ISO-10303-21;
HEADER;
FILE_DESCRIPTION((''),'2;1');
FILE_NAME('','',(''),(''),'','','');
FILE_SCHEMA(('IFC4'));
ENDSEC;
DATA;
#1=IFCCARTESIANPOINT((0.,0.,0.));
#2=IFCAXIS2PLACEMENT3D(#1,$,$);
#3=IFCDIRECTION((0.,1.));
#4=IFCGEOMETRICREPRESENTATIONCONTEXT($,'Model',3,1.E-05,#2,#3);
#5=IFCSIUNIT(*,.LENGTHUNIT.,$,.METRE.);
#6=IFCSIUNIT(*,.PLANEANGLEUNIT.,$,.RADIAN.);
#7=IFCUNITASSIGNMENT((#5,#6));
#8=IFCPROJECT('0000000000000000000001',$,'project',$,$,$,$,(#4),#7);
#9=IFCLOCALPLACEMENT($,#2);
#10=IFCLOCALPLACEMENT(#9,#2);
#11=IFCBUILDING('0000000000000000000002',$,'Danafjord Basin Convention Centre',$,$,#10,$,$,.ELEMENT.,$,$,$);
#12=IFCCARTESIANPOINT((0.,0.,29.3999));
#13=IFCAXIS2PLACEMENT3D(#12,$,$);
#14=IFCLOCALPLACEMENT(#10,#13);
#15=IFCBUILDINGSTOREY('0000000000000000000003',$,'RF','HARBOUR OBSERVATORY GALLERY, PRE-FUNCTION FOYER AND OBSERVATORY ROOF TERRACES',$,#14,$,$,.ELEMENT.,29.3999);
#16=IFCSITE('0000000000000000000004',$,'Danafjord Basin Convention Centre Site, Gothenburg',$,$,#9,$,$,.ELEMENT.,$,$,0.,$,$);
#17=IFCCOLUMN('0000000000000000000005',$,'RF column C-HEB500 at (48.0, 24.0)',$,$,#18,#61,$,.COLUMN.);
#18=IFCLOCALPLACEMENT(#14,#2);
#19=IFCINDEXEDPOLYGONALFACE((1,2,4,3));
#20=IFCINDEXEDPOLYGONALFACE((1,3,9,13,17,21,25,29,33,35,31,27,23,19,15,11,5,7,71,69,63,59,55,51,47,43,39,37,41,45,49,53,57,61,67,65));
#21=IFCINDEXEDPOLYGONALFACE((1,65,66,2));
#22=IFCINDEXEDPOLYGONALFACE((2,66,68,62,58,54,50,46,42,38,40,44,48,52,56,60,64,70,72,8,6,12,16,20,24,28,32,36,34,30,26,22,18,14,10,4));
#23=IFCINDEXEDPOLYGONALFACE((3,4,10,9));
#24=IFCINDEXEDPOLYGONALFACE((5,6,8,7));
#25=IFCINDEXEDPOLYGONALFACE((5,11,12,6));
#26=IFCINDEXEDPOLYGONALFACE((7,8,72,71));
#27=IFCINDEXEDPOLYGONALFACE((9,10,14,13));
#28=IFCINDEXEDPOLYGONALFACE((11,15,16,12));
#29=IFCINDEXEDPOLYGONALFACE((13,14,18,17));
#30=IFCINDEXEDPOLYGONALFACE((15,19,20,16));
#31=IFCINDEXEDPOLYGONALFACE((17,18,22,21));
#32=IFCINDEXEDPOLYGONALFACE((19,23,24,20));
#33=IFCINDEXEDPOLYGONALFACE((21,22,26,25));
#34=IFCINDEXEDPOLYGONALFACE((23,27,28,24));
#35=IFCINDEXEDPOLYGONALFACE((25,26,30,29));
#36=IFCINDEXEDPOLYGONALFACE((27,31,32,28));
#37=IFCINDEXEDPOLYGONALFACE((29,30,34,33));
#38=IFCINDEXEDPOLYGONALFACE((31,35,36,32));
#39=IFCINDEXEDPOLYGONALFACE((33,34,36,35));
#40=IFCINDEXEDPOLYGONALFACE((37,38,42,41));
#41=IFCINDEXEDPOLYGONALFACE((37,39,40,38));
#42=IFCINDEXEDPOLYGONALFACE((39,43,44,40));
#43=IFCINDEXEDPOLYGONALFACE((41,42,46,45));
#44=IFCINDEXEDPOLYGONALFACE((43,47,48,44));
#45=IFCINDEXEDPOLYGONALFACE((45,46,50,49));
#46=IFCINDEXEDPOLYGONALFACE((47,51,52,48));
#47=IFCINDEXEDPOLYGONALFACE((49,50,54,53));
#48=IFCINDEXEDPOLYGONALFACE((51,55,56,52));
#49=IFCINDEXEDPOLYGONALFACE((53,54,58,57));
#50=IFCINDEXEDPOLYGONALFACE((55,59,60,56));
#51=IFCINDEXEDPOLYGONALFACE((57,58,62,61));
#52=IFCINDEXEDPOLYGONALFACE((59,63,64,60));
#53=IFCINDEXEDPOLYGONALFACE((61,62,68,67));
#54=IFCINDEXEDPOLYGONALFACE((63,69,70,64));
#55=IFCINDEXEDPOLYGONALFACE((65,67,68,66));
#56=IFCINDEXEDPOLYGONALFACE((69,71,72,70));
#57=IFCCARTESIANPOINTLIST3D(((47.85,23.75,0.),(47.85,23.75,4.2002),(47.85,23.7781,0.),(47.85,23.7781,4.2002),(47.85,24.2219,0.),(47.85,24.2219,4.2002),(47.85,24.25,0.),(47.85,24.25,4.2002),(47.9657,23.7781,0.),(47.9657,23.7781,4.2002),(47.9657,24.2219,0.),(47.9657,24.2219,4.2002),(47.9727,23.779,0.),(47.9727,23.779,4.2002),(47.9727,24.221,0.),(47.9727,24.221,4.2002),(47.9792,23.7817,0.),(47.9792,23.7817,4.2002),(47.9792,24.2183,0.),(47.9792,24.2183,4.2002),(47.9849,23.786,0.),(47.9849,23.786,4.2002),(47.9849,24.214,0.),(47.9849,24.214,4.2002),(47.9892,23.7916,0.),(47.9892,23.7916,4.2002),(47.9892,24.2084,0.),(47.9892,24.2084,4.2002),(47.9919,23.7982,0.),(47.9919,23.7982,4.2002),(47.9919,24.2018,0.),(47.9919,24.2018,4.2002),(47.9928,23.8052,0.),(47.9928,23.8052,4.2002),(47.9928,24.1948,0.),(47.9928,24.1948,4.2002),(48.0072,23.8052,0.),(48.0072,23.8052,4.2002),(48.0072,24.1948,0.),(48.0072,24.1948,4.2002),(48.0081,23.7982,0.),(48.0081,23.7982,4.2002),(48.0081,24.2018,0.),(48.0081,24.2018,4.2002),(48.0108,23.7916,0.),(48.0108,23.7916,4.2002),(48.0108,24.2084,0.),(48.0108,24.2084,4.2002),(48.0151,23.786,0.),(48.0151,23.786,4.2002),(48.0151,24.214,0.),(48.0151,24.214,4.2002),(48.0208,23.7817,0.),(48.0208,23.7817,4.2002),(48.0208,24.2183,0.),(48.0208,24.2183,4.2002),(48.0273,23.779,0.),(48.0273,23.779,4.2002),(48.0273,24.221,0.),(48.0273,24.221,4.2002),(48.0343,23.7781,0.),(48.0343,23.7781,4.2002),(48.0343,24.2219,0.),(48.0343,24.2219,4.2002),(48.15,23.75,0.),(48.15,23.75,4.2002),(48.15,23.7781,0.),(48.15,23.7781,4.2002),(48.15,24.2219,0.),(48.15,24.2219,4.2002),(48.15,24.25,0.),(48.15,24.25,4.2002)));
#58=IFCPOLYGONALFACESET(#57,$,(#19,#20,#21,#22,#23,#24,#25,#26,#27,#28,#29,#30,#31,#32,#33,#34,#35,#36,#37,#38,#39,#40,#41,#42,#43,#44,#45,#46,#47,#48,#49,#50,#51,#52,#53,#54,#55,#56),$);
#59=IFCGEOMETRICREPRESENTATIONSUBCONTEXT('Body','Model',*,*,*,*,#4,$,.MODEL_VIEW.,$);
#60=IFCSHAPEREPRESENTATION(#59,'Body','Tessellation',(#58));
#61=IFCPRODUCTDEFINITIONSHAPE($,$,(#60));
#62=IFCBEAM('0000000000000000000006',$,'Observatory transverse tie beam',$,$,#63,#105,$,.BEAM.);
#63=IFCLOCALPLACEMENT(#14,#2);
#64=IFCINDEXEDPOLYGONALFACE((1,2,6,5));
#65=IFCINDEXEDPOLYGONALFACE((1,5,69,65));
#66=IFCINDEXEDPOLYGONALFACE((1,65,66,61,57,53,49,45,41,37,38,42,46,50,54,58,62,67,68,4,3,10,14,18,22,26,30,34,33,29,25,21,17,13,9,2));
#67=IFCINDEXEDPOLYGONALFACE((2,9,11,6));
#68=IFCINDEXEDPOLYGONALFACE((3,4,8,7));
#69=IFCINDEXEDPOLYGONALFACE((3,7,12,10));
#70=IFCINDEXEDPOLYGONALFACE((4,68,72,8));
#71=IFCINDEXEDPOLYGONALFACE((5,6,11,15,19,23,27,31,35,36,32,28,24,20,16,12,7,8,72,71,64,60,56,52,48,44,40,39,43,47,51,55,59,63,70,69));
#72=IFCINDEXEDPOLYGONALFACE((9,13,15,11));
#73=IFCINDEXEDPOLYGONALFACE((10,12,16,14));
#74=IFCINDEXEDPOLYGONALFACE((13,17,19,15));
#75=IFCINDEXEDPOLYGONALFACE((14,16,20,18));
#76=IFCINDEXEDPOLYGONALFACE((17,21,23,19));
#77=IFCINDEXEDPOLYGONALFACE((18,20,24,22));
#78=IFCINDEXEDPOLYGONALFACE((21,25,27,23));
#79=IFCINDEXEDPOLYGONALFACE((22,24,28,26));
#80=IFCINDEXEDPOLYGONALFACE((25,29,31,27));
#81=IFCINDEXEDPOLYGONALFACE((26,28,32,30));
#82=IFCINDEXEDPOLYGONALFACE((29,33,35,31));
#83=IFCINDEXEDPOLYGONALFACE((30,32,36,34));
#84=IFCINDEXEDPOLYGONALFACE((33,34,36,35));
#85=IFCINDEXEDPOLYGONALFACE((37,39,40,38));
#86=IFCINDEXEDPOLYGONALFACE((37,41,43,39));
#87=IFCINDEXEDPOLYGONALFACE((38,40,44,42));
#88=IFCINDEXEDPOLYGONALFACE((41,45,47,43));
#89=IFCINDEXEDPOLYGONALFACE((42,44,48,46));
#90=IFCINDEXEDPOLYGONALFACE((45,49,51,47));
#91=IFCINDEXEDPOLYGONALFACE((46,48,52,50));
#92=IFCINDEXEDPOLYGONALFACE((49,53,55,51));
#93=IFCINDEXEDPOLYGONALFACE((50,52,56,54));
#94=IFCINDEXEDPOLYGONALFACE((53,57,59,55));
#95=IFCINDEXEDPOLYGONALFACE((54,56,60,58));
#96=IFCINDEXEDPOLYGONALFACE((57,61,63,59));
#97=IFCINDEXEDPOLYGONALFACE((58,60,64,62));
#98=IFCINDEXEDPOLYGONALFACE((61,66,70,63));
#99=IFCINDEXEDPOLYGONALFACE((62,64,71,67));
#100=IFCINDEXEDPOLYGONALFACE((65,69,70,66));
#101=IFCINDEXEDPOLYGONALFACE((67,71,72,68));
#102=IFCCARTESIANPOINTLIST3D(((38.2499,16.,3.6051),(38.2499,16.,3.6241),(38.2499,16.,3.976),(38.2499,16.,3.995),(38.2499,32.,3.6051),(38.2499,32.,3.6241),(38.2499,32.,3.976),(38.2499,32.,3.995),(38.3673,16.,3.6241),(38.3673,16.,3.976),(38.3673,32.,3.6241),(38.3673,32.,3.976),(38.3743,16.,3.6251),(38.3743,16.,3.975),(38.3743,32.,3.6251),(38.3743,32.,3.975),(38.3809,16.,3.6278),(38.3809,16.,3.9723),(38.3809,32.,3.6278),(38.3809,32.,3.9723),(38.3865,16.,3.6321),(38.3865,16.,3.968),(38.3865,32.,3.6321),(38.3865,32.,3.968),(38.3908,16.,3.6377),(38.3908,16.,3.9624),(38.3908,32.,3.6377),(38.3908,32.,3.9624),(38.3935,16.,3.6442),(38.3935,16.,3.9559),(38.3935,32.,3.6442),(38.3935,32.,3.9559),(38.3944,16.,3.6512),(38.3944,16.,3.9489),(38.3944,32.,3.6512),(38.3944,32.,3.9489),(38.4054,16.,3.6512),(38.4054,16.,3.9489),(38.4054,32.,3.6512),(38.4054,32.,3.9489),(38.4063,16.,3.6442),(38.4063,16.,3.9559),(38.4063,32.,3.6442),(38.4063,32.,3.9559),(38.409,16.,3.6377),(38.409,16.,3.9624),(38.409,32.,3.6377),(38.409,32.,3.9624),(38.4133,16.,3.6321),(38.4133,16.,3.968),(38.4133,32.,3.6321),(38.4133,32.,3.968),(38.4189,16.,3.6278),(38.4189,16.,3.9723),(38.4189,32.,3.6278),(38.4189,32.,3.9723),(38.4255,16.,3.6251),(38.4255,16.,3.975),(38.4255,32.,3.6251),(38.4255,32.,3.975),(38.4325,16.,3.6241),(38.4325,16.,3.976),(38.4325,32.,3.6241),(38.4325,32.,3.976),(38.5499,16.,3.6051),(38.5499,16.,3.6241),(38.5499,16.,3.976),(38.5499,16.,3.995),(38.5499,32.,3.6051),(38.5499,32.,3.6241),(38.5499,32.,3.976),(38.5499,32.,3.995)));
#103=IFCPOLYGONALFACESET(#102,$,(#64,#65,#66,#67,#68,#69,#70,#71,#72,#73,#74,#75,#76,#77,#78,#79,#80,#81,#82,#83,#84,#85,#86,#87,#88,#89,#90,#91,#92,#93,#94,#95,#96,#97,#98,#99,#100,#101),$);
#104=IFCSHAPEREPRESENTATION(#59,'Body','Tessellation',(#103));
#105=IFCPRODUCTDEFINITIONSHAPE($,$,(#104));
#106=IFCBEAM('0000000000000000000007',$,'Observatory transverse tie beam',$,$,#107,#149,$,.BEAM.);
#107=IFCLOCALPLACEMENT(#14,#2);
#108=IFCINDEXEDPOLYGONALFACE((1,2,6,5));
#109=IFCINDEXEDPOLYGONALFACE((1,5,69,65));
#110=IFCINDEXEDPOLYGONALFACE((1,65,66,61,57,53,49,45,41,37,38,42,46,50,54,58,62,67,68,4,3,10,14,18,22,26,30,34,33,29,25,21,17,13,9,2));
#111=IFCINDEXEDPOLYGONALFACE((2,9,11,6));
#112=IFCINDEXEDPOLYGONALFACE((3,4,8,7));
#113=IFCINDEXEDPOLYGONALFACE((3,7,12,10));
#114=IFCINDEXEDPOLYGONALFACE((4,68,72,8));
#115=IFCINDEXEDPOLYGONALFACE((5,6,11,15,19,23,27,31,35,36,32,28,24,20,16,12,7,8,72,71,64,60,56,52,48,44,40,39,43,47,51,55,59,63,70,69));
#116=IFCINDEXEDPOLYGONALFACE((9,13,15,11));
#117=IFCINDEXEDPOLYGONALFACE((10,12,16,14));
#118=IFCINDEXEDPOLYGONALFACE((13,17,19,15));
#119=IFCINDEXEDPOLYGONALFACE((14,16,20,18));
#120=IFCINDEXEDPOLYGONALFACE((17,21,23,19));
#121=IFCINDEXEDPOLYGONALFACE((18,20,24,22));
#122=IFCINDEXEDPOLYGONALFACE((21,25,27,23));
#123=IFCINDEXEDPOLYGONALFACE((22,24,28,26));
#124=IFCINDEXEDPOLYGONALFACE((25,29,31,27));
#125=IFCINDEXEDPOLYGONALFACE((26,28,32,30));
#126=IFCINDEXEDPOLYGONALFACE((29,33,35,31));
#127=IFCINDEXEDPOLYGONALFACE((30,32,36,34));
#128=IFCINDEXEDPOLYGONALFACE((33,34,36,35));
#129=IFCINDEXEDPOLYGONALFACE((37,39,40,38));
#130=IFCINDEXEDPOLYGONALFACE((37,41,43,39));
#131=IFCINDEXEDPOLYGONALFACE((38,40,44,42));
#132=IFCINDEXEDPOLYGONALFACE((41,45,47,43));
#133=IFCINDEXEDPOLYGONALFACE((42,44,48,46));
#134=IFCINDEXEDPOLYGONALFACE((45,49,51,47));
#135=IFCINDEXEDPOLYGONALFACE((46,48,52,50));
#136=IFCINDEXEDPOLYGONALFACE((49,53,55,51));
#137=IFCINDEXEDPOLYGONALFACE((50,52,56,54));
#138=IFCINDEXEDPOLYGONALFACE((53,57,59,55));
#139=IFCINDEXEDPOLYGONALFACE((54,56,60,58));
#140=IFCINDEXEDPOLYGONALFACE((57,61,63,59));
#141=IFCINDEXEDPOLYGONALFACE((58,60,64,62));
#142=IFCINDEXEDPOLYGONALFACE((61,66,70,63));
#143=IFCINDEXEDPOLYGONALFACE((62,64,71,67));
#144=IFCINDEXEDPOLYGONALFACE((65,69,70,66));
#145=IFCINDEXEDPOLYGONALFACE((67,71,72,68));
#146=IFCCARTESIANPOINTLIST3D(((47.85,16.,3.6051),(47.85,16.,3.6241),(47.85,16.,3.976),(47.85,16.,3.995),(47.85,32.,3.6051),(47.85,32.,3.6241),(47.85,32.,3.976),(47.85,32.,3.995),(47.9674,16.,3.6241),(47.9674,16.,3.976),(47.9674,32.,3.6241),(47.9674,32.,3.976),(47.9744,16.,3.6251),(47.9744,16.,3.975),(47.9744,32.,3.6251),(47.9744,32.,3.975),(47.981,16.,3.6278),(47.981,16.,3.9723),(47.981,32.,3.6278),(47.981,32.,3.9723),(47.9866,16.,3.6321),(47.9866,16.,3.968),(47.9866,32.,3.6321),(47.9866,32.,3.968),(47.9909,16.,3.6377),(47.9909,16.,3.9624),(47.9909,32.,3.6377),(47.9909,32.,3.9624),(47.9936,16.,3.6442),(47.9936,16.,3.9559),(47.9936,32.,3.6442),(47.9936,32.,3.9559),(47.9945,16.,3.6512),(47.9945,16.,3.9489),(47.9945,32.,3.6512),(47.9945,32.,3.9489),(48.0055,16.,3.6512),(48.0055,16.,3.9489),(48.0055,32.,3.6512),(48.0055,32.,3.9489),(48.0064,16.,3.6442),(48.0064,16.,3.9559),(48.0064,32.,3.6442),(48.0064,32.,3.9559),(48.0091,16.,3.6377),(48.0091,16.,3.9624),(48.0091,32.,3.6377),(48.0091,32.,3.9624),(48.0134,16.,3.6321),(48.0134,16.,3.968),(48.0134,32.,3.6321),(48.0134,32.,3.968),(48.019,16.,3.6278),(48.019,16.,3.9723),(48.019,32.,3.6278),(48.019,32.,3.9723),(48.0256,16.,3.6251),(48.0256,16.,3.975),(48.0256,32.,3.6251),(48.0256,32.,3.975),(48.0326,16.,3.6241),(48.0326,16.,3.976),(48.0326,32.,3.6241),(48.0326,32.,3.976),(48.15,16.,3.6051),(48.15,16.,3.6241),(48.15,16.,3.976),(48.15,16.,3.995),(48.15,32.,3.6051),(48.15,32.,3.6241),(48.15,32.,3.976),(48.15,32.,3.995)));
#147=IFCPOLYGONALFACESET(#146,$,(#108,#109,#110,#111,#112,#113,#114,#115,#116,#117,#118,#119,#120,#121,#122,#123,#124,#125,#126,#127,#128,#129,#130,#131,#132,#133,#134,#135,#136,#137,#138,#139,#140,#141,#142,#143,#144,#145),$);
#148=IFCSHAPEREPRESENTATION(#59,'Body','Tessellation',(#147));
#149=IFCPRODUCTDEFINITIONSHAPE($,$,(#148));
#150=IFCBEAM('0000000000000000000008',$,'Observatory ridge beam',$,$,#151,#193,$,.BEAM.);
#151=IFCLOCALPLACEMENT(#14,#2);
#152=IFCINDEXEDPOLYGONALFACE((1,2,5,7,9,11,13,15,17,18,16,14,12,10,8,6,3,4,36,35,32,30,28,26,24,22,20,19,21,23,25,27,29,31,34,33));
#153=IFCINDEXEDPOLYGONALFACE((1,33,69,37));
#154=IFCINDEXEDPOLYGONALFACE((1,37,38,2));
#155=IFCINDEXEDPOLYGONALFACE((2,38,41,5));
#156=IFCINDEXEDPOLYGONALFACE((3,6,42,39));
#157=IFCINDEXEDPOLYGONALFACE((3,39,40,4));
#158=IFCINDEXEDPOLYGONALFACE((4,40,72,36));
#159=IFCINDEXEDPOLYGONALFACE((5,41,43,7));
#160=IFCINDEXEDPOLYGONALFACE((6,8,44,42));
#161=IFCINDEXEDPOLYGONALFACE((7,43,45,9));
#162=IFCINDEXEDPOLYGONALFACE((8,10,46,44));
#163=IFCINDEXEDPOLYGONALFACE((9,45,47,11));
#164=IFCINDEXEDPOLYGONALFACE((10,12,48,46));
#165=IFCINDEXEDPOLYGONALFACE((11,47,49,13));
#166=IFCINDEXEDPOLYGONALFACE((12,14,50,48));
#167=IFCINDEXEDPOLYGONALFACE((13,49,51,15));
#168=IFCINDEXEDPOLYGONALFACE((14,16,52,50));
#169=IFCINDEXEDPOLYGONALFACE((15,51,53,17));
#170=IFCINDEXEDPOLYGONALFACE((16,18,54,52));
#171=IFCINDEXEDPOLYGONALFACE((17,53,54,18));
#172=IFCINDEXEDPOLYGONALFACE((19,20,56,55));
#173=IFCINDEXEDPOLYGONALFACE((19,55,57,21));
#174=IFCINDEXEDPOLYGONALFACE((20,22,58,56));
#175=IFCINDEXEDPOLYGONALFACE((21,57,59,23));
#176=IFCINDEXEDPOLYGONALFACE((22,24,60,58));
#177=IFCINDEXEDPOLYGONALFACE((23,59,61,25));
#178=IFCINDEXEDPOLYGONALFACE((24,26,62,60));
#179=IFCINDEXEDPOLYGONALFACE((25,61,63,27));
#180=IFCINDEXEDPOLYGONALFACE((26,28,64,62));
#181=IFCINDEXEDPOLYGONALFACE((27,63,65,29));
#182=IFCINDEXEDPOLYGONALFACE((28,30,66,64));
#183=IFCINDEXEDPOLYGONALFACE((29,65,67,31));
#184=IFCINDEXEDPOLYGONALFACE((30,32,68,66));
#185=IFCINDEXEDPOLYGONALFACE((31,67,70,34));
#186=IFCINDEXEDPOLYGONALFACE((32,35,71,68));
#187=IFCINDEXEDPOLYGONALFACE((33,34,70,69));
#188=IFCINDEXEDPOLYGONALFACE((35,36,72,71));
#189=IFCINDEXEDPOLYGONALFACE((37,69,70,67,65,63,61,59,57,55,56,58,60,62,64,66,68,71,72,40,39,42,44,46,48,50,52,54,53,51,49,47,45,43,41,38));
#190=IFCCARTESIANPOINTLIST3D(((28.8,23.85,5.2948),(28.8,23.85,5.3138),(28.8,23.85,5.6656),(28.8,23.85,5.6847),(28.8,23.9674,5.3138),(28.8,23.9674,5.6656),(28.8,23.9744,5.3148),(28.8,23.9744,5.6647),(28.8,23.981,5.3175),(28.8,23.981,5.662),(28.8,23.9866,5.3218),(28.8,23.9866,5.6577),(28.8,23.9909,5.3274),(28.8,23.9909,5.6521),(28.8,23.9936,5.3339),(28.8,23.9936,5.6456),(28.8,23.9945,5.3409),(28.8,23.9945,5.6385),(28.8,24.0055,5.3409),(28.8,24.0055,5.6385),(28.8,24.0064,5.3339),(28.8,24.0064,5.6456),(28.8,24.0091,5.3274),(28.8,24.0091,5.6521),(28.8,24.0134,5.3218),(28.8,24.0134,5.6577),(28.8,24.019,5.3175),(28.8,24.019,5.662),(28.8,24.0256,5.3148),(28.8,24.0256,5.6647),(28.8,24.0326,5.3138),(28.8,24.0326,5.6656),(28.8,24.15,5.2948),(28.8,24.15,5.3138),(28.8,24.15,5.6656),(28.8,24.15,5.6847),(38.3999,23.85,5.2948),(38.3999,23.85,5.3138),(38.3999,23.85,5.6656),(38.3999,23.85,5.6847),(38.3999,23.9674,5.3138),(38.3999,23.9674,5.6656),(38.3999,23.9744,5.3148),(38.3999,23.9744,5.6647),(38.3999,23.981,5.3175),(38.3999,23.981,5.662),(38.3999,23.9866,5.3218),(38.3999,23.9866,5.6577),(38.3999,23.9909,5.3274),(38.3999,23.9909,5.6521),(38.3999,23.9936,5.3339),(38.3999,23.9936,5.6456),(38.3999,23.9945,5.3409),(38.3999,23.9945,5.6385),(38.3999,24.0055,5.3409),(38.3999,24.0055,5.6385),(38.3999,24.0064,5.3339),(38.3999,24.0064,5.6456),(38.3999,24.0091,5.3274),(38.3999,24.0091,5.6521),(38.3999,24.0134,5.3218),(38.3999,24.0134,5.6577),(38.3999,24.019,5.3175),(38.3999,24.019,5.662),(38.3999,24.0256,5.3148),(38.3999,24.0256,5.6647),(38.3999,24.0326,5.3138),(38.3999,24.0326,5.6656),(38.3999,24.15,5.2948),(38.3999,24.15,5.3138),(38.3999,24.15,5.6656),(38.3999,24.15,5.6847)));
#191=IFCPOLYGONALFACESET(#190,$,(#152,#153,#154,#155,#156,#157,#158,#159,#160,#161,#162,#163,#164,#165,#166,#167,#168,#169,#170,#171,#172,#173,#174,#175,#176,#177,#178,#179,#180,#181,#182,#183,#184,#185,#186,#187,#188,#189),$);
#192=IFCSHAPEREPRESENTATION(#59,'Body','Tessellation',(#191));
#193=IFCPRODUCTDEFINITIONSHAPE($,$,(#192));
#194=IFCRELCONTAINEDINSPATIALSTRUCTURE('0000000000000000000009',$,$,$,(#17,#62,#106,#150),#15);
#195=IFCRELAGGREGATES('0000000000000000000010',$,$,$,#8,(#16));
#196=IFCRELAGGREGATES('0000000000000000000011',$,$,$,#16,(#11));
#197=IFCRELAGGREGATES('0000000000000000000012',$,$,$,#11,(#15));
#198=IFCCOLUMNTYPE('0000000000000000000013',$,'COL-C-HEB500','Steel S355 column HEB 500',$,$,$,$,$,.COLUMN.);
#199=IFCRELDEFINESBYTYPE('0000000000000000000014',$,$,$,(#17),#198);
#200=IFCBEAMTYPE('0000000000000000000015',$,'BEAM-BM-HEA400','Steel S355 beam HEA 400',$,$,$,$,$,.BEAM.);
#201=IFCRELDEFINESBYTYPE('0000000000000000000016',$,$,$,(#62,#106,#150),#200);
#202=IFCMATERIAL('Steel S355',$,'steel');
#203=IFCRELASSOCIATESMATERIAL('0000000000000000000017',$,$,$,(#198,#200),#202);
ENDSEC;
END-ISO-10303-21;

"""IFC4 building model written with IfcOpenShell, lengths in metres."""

from ifc_helpers import new_model, si_unit, direction, frame, origin, origin_2d, place, context, subcontext, project, spatial, i_section, extrude, material, material_profile, profile_set, type_object, element, save


model = new_model("IFC4")

# Units and contexts
model_context = context("Model", 3, precision=1e-05, world=origin(), true_north=direction((0.0, 1.0)))
body_context = subcontext(model_context, "Body", "Model", "MODEL_VIEW")
ifc_project = project(units=[si_unit("LENGTHUNIT", "METRE"), si_unit("PLANEANGLEUNIT", "RADIAN")], contexts=[model_context])

# Site, building, storey
site_placement = place(None, origin())
site = spatial("IfcSite", under=ifc_project, at=site_placement, Name="Danafjord Basin Convention Centre Site, Gothenburg", CompositionType="ELEMENT", RefElevation=0.0)
building_placement = place(site_placement, origin())
building = spatial("IfcBuilding", under=site, at=building_placement, Name="Danafjord Basin Convention Centre", CompositionType="ELEMENT")
storey_placement = place(building_placement, frame((0.0, 0.0, 29.3999)))
storey = spatial("IfcBuildingStorey", under=building, at=storey_placement, Name="RF", Description="HARBOUR OBSERVATORY GALLERY, PRE-FUNCTION FOYER AND OBSERVATORY ROOF TERRACES", CompositionType="ELEMENT", Elevation=29.3999)

# Column
ifc_material_1 = material(Name="Steel S355", Category="steel")
ifc_material_profile_1 = material_profile(ifc_material_1, i_section(OverallWidth=0.3, OverallDepth=0.5, WebThickness=0.0144, FlangeThickness=0.0281, FilletRadius=0.0271, at=origin_2d()), Name="HEB 500")
ifc_profile_set_1 = profile_set([ifc_material_profile_1], Name="Steel S355")
column_type_1 = type_object("IfcColumnType", Name="COL-C-HEB500", Description="Steel S355 column HEB 500", PredefinedType="COLUMN", material=ifc_profile_set_1)
column_1_placement = place(storey_placement, frame((48.0, 24.0, 0.0), z_axis=(0.0, 0.0, 1.0), x_axis=(1.0, 0.0, 0.0)))
element("IfcColumn", 1, at=column_1_placement, inside=storey, type_object=column_type_1, Name="RF column C-HEB500 at (48.0, 24.0)", PredefinedType="COLUMN", context=body_context, shape_type="SweptSolid", body=[
    extrude(i_section(OverallWidth=0.3, OverallDepth=0.5, WebThickness=0.0144, FlangeThickness=0.0281, FilletRadius=0.0271, at=origin_2d()), origin(), (0.0, 0.0, 1.0), 4.2002),
])

# Beams
ifc_material_profile_2 = material_profile(ifc_material_1, i_section(OverallWidth=0.3, OverallDepth=0.3899, WebThickness=0.011, FlangeThickness=0.019, FilletRadius=0.0271, at=origin_2d()), Name="HEA 400")
ifc_profile_set_2 = profile_set([ifc_material_profile_2], Name="Steel S355")
beam_type_1 = type_object("IfcBeamType", Name="BEAM-BM-HEA400", Description="Steel S355 beam HEA 400", PredefinedType="BEAM", material=ifc_profile_set_2)
for number, where, z_axis, x_axis, name in (
    (2, (38.3999, 16.0, 3.8), (0.0, 1.0, 0.0), (-1.0, 0.0, 0.0), "Observatory transverse tie beam"),
    (3, (48.0, 16.0, 3.8), (0.0, 1.0, 0.0), (-1.0, 0.0, 0.0), "Observatory transverse tie beam"),
):
    element("IfcBeam", number, at=place(storey_placement, frame(where, z_axis=z_axis, x_axis=x_axis)), inside=storey, type_object=beam_type_1, Name=name, PredefinedType="BEAM", context=body_context, shape_type="SweptSolid", body=[
        extrude(i_section(OverallWidth=0.3, OverallDepth=0.3899, WebThickness=0.011, FlangeThickness=0.019, FilletRadius=0.0271, at=origin_2d()), origin(), (0.0, 0.0, 1.0), 16.0),
    ])
beam_1_placement = place(storey_placement, frame((28.8, 24.0, 5.4897), z_axis=(1.0, 0.0, 0.0), x_axis=(0.0, 1.0, 0.0)))
element("IfcBeam", 4, at=beam_1_placement, inside=storey, type_object=beam_type_1, Name="Observatory ridge beam", PredefinedType="BEAM", context=body_context, shape_type="SweptSolid", body=[
    extrude(i_section(OverallWidth=0.3, OverallDepth=0.3899, WebThickness=0.011, FlangeThickness=0.019, FilletRadius=0.0271, at=origin_2d()), origin(), (0.0, 0.0, 1.0), 9.5999),
])

save(model, "model.ifc")
